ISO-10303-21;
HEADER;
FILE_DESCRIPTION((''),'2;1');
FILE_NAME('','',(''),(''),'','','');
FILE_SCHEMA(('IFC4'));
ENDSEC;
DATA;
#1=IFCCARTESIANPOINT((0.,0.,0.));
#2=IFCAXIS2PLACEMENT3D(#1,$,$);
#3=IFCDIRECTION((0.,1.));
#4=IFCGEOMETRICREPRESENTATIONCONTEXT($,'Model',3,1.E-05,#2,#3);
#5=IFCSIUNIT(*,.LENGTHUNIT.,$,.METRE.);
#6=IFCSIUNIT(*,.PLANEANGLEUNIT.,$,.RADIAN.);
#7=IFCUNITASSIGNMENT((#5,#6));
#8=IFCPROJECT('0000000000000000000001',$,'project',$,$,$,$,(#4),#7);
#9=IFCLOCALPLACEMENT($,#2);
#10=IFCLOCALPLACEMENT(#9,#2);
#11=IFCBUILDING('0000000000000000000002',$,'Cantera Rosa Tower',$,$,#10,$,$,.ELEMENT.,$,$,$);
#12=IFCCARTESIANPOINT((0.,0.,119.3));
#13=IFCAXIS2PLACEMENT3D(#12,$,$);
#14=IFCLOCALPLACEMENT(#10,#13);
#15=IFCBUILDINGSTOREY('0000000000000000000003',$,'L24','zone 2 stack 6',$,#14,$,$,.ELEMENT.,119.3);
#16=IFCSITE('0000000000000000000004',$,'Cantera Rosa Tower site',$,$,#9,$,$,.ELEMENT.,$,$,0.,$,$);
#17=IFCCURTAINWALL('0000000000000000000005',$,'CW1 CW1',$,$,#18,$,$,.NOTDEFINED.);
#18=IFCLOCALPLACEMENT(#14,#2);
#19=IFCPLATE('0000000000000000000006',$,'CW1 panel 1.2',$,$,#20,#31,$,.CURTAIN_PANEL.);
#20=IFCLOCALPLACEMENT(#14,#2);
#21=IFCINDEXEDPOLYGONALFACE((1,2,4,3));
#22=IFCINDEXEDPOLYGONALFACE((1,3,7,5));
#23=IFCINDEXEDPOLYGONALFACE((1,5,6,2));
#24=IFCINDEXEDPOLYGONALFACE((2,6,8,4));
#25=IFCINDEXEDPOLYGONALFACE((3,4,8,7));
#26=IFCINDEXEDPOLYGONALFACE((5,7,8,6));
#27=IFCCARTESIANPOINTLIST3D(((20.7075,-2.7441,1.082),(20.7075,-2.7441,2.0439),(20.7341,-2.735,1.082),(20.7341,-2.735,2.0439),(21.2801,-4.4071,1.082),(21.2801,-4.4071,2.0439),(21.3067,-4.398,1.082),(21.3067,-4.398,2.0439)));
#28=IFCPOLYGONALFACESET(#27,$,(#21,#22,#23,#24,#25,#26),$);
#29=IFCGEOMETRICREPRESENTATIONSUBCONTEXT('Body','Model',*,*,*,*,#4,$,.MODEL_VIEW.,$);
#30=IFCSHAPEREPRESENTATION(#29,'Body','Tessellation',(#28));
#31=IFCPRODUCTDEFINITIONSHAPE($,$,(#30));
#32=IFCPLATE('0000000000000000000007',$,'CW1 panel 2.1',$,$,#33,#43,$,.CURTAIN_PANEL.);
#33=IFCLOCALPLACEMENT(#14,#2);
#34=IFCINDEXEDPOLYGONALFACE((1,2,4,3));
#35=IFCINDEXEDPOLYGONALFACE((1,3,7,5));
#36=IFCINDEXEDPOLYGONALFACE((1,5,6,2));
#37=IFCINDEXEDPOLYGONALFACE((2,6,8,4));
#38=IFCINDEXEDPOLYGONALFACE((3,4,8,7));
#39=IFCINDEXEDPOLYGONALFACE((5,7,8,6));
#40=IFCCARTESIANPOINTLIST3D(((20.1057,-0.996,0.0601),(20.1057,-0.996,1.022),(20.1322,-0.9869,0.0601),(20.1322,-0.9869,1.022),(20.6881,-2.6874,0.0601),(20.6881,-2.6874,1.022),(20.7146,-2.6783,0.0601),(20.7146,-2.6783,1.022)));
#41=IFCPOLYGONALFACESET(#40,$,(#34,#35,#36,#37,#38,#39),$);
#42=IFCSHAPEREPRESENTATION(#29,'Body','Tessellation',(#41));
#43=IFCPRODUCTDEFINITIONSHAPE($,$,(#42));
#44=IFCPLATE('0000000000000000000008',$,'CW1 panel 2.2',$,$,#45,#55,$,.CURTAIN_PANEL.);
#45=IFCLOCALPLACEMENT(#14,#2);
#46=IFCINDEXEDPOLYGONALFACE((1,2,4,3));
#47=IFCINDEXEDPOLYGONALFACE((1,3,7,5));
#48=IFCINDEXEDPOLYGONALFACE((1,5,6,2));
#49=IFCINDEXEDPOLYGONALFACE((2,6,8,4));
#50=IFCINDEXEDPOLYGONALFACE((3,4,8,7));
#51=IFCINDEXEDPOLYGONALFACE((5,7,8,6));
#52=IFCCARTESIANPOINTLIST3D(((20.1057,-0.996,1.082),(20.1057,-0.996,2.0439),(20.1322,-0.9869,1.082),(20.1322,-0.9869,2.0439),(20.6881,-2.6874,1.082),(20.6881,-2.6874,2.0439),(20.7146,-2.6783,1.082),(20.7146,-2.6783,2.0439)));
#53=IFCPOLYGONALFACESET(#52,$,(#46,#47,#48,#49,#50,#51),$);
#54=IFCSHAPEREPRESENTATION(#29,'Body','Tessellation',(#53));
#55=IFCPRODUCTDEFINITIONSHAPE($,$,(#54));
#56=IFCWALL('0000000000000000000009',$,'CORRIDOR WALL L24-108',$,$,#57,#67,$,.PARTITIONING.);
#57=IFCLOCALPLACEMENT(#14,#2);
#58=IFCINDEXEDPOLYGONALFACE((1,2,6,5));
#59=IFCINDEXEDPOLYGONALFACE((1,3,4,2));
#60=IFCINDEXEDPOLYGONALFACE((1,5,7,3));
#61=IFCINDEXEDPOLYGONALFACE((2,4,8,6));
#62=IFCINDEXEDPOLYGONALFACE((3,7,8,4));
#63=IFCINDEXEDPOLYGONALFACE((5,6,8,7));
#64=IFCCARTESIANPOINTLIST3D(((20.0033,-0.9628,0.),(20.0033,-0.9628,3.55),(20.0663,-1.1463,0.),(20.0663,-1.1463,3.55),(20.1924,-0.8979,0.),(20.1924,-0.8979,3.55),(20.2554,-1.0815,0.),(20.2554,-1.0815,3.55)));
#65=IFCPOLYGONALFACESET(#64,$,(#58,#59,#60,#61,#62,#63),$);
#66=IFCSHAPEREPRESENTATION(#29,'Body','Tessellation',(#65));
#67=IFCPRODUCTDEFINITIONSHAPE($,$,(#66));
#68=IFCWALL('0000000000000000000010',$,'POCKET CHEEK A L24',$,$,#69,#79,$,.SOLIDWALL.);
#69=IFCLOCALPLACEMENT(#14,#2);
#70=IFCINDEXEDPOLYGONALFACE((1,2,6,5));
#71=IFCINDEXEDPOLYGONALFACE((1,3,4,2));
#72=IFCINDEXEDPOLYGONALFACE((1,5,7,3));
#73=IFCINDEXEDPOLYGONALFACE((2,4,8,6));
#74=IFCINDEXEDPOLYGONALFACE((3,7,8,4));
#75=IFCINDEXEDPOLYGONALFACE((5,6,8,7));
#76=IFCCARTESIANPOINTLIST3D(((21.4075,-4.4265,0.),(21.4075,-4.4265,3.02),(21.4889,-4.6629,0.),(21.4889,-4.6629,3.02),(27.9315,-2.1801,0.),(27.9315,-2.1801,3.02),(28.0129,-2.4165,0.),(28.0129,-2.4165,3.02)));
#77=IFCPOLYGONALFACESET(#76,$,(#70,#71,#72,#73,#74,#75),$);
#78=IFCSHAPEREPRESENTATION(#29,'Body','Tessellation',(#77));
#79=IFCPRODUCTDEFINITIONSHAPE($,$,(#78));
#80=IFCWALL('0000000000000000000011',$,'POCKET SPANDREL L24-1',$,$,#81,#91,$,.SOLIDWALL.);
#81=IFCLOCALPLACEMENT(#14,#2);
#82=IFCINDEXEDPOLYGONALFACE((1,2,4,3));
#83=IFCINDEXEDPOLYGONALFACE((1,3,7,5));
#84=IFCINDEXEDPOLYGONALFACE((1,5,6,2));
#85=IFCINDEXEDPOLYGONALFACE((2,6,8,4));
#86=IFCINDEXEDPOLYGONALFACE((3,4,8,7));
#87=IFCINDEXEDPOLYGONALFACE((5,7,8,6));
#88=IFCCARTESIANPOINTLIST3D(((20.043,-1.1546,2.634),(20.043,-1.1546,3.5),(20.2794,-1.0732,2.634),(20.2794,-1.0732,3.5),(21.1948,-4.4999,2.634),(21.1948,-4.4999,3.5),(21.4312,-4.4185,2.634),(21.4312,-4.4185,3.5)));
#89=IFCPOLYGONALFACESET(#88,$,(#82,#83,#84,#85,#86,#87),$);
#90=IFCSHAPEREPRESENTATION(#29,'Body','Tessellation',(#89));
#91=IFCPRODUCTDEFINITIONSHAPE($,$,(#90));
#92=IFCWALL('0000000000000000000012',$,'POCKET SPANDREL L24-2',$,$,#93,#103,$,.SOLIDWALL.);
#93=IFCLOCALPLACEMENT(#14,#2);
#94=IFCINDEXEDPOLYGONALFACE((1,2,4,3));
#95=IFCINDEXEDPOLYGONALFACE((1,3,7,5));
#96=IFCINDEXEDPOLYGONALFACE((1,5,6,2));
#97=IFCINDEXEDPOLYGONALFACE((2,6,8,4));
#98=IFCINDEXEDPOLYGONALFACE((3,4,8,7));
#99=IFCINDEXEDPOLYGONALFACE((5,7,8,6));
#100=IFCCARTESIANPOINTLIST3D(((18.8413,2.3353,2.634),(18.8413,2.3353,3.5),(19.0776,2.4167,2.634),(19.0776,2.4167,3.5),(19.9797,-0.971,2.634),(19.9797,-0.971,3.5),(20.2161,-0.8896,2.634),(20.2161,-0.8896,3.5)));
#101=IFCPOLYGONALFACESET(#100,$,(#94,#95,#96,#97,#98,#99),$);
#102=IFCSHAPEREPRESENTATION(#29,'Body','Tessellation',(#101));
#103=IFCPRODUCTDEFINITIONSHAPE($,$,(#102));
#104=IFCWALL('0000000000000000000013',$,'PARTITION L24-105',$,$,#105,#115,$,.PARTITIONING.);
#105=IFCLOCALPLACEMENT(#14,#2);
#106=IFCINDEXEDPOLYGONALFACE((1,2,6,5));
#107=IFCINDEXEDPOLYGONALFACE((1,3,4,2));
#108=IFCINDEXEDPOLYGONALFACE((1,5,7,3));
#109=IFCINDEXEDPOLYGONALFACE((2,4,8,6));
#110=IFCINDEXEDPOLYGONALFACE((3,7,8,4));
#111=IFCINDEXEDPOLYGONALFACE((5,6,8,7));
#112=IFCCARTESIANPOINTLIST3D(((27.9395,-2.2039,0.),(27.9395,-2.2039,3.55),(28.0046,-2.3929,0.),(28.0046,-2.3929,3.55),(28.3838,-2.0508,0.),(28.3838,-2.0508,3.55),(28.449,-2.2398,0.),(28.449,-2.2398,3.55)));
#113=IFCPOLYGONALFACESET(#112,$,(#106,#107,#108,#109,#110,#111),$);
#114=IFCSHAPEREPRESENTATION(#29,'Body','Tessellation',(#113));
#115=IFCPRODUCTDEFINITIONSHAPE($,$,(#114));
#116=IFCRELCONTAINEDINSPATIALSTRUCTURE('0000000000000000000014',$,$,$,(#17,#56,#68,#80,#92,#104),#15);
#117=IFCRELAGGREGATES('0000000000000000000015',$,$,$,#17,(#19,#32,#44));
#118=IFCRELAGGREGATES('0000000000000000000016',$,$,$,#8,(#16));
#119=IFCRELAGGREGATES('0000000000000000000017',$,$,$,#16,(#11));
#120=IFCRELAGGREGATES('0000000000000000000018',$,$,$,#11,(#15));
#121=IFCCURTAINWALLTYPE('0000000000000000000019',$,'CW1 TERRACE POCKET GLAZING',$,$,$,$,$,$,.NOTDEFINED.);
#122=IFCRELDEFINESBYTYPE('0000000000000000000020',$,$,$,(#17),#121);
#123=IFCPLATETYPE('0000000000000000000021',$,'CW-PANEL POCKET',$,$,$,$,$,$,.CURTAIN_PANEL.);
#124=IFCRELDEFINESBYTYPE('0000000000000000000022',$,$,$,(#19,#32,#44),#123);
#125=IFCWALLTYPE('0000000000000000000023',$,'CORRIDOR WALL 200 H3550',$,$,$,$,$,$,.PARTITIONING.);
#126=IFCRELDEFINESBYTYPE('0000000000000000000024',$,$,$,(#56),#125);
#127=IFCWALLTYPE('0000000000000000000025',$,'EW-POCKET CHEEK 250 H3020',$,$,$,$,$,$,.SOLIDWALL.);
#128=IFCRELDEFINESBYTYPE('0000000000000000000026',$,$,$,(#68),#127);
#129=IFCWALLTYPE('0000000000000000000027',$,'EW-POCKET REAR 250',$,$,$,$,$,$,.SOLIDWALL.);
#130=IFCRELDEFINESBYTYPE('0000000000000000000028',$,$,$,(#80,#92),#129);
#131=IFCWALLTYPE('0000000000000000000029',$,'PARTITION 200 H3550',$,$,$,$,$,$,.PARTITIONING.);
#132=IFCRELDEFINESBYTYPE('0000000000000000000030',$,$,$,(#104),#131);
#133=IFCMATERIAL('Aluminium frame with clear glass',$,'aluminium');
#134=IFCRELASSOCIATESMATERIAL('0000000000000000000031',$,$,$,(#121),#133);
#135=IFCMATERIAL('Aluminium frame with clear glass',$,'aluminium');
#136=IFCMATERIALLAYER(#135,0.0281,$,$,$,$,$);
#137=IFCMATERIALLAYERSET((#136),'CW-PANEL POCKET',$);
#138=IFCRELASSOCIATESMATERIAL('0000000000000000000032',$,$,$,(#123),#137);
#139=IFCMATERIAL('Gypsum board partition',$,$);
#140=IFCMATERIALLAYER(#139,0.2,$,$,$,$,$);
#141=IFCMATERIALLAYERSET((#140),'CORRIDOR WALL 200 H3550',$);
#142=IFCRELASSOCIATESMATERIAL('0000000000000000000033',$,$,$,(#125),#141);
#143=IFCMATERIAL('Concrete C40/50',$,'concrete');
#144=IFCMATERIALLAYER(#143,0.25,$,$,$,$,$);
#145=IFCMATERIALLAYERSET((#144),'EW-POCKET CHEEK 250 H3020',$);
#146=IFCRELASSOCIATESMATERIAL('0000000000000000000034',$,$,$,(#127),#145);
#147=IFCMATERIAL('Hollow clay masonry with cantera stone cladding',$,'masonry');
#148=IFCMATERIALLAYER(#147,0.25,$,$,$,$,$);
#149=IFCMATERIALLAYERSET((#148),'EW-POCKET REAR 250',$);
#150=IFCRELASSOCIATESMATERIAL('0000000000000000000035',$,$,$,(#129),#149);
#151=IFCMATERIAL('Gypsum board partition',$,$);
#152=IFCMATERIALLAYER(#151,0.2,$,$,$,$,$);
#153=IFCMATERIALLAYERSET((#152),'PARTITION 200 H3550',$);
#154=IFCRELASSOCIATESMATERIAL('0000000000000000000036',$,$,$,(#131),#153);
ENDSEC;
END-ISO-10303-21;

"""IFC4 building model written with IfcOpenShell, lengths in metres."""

from ifc_helpers import new_model, si_unit, direction, frame, frame_2d, origin, origin_2d, place, context, subcontext, project, spatial, rectangle, extrude, material, layer, layer_set, type_object, element, aggregate, save


model = new_model("IFC4")

# Units and contexts
model_context = context("Model", 3, precision=1e-05, world=origin(), true_north=direction((0.0, 1.0)))
body_context = subcontext(model_context, "Body", "Model", "MODEL_VIEW")
ifc_project = project(units=[si_unit("LENGTHUNIT", "METRE"), si_unit("PLANEANGLEUNIT", "RADIAN")], contexts=[model_context])

# Site, building, storey
site_placement = place(None, origin())
site = spatial("IfcSite", under=ifc_project, at=site_placement, Name="Cantera Rosa Tower site", CompositionType="ELEMENT", RefElevation=0.0)
building_placement = place(site_placement, origin())
building = spatial("IfcBuilding", under=site, at=building_placement, Name="Cantera Rosa Tower", CompositionType="ELEMENT")
storey_placement = place(building_placement, frame((0.0, 0.0, 119.3)))
storey = spatial("IfcBuildingStorey", under=building, at=storey_placement, Name="L24", Description="zone 2 stack 6", CompositionType="ELEMENT", Elevation=119.3)

# Curtain wall
ifc_material_1 = material(Name="Aluminium frame with clear glass", Category="aluminium")
curtain_wall_type = type_object("IfcCurtainWallType", Name="CW1 TERRACE POCKET GLAZING", PredefinedType="NOTDEFINED", material=ifc_material_1)
curtain_wall_placement = place(storey_placement, origin())
curtain_wall = element("IfcCurtainWall", 1, at=curtain_wall_placement, inside=storey, type_object=curtain_wall_type, Name="CW1 CW1", PredefinedType="NOTDEFINED")

# Plates
ifc_material_2 = material(Name="Aluminium frame with clear glass", Category="aluminium")
ifc_layer_1 = layer(ifc_material_2, 0.0281)
ifc_layer_set_1 = layer_set([ifc_layer_1], Name="CW-PANEL POCKET")
plate_type = type_object("IfcPlateType", Name="CW-PANEL POCKET", PredefinedType="CURTAIN_PANEL", material=ifc_layer_set_1)
plate_1_placement = place(storey_placement, frame((21.0071, -3.571, 1.082), z_axis=(0.0, 0.0, 1.0), x_axis=(-0.325568, 0.945519, 0.0)))
plate_1 = element("IfcPlate", 2, at=plate_1_placement, type_object=plate_type, Name="CW1 panel 1.2", PredefinedType="CURTAIN_PANEL", context=body_context, shape_type="SweptSolid", body=[
    extrude(rectangle(XDim=1.7588, YDim=0.0281, at=origin_2d()), origin(), (0.0, 0.0, 1.0), 0.9619),
])
plate_2_placement = place(storey_placement, frame((20.4102, -1.8372, 0.0601), z_axis=(0.0, 0.0, 1.0), x_axis=(-0.325568, 0.945519, 0.0)))
plate_2 = element("IfcPlate", 3, at=plate_2_placement, type_object=plate_type, Name="CW1 panel 2.1", PredefinedType="CURTAIN_PANEL", context=body_context, shape_type="SweptSolid", body=[
    extrude(rectangle(XDim=1.7888, YDim=0.0281, at=origin_2d()), origin(), (0.0, 0.0, 1.0), 0.9619),
])
plate_3_placement = place(storey_placement, frame((20.4102, -1.8372, 1.082), z_axis=(0.0, 0.0, 1.0), x_axis=(-0.325568, 0.945519, 0.0)))
plate_3 = element("IfcPlate", 4, at=plate_3_placement, type_object=plate_type, Name="CW1 panel 2.2", PredefinedType="CURTAIN_PANEL", context=body_context, shape_type="SweptSolid", body=[
    extrude(rectangle(XDim=1.7888, YDim=0.0281, at=origin_2d()), origin(), (0.0, 0.0, 1.0), 0.9619),
])
aggregate(curtain_wall, [plate_1, plate_2, plate_3])

# Walls
ifc_material_3 = material(Name="Gypsum board partition")
ifc_layer_2 = layer(ifc_material_3, 0.2)
ifc_layer_set_2 = layer_set([ifc_layer_2], Name="CORRIDOR WALL 200 H3550")
wall_type_1 = type_object("IfcWallType", Name="CORRIDOR WALL 200 H3550", PredefinedType="PARTITIONING", material=ifc_layer_set_2)
wall_1_placement = place(storey_placement, frame((20.1609, -1.114, 0.0), z_axis=(0.0, 0.0, 1.0), x_axis=(-0.324517, 0.94588, 0.0)))
element("IfcWall", 5, at=wall_1_placement, inside=storey, type_object=wall_type_1, Name="CORRIDOR WALL L24-108", PredefinedType="PARTITIONING", context=body_context, shape_type="SweptSolid", body=[
    extrude(rectangle(XDim=0.1941, YDim=0.2, at=frame_2d((0.0972, 0.0))), origin(), (0.0, 0.0, 1.0), 3.55),
])
ifc_material_4 = material(Name="Concrete C40/50", Category="concrete")
ifc_layer_3 = layer(ifc_material_4, 0.25)
ifc_layer_set_3 = layer_set([ifc_layer_3], Name="EW-POCKET CHEEK 250 H3020")
wall_type_2 = type_object("IfcWallType", Name="EW-POCKET CHEEK 250 H3020", PredefinedType="SOLIDWALL", material=ifc_layer_set_3)
wall_2_placement = place(storey_placement, frame((27.9722, -2.2983, 0.0), z_axis=(0.0, 0.0, 1.0), x_axis=(-0.94552, -0.325564, 0.0)))
element("IfcWall", 6, at=wall_2_placement, inside=storey, type_object=wall_type_2, Name="POCKET CHEEK A L24", PredefinedType="SOLIDWALL", context=body_context, shape_type="SweptSolid", body=[
    extrude(rectangle(XDim=6.8999, YDim=0.25, at=frame_2d((3.45, 0.0))), origin(), (0.0, 0.0, 1.0), 3.02),
])
ifc_material_5 = material(Name="Hollow clay masonry with cantera stone cladding", Category="masonry")
ifc_layer_4 = layer(ifc_material_5, 0.25)
ifc_layer_set_4 = layer_set([ifc_layer_4], Name="EW-POCKET REAR 250")
wall_type_3 = type_object("IfcWallType", Name="EW-POCKET REAR 250", PredefinedType="SOLIDWALL", material=ifc_layer_set_4)
wall_3_placement = place(storey_placement, frame((21.313, -4.4592, 2.634), z_axis=(0.0, 0.0, 1.0), x_axis=(-0.325548, 0.945525, 0.0)))
element("IfcWall", 7, at=wall_3_placement, inside=storey, type_object=wall_type_3, Name="POCKET SPANDREL L24-1", PredefinedType="SOLIDWALL", context=body_context, shape_type="SweptSolid", body=[
    extrude(rectangle(XDim=3.5381, YDim=0.25, at=frame_2d((1.769, 0.0))), origin(), (0.0, 0.0, 1.0), 0.866),
])
wall_4_placement = place(storey_placement, frame((20.0979, -0.9304, 2.634), z_axis=(0.0, 0.0, 1.0), x_axis=(-0.325554, 0.945523, 0.0)))
element("IfcWall", 8, at=wall_4_placement, inside=storey, type_object=wall_type_3, Name="POCKET SPANDREL L24-2", PredefinedType="SOLIDWALL", context=body_context, shape_type="SweptSolid", body=[
    extrude(rectangle(XDim=3.4968, YDim=0.25, at=frame_2d((1.7485, 0.0))), origin(), (0.0, 0.0, 1.0), 0.866),
])
ifc_material_6 = material(Name="Gypsum board partition")
ifc_layer_5 = layer(ifc_material_6, 0.2)
ifc_layer_set_5 = layer_set([ifc_layer_5], Name="PARTITION 200 H3550")
wall_type_4 = type_object("IfcWallType", Name="PARTITION 200 H3550", PredefinedType="PARTITIONING", material=ifc_layer_set_5)
wall_5_placement = place(storey_placement, frame((27.9722, -2.2983, 0.0), z_axis=(0.0, 0.0, 1.0), x_axis=(0.945467, 0.325719, 0.0)))
element("IfcWall", 9, at=wall_5_placement, inside=storey, type_object=wall_type_4, Name="PARTITION L24-105", PredefinedType="PARTITIONING", context=body_context, shape_type="SweptSolid", body=[
    extrude(rectangle(XDim=0.47, YDim=0.2, at=frame_2d((0.2349, 0.0))), origin(), (0.0, 0.0, 1.0), 3.55),
])

save(model, "model.ifc")
